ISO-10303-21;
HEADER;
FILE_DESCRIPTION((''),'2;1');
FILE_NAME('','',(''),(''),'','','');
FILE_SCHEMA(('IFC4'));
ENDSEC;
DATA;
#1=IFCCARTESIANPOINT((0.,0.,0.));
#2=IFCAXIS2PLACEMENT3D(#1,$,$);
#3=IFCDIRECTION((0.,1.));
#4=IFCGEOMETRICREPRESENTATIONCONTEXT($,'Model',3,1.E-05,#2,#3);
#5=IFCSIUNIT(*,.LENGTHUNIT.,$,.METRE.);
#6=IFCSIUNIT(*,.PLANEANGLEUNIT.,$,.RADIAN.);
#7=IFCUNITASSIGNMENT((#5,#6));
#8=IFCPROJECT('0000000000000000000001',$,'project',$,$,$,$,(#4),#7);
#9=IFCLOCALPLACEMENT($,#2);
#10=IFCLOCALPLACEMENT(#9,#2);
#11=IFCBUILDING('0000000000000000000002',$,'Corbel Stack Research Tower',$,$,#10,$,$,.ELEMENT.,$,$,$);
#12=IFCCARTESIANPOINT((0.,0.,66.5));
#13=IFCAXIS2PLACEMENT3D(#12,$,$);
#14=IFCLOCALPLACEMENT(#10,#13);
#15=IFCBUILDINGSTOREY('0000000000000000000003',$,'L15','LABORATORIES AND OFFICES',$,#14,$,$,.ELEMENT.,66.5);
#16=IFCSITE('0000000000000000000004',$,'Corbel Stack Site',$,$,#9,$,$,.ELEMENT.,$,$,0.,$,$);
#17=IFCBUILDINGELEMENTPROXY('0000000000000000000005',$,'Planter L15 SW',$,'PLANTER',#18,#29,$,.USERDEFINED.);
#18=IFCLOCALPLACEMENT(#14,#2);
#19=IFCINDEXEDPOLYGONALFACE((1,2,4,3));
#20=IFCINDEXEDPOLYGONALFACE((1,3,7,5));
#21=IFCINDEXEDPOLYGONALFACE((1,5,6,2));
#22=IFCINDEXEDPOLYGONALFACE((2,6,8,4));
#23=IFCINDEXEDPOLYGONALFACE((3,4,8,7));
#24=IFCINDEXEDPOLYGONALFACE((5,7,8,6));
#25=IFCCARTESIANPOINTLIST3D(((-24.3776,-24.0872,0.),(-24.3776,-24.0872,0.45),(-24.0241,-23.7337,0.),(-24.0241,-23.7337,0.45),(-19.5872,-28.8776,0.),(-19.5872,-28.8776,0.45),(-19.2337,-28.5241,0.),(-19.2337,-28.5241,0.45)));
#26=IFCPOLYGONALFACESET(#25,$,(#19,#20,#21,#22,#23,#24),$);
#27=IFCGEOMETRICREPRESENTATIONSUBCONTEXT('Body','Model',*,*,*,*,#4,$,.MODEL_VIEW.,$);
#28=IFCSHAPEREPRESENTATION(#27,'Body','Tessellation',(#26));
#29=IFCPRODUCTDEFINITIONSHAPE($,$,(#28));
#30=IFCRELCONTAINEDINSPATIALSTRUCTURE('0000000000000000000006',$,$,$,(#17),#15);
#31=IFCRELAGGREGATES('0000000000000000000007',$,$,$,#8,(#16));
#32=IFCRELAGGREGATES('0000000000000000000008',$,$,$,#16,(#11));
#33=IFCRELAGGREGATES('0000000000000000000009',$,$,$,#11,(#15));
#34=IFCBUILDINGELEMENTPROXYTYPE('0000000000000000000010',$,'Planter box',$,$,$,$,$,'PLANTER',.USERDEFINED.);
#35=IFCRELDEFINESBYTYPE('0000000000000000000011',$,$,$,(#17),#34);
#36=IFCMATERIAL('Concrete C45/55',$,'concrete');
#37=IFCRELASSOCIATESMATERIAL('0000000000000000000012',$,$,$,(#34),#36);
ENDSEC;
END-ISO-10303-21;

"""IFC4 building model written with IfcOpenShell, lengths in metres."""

from ifc_helpers import new_model, si_unit, direction, frame, origin, origin_2d, place, context, subcontext, project, spatial, rectangle, extrude, material, type_object, element, save


model = new_model("IFC4")

# Units and contexts
model_context = context("Model", 3, precision=1e-05, world=origin(), true_north=direction((0.0, 1.0)))
body_context = subcontext(model_context, "Body", "Model", "MODEL_VIEW")
ifc_project = project(units=[si_unit("LENGTHUNIT", "METRE"), si_unit("PLANEANGLEUNIT", "RADIAN")], contexts=[model_context])

# Site, building, storey
site_placement = place(None, origin())
site = spatial("IfcSite", under=ifc_project, at=site_placement, Name="Corbel Stack Site", CompositionType="ELEMENT", RefElevation=0.0)
building_placement = place(site_placement, origin())
building = spatial("IfcBuilding", under=site, at=building_placement, Name="Corbel Stack Research Tower", CompositionType="ELEMENT")
storey_placement = place(building_placement, frame((0.0, 0.0, 66.5)))
storey = spatial("IfcBuildingStorey", under=building, at=storey_placement, Name="L15", Description="LABORATORIES AND OFFICES", CompositionType="ELEMENT", Elevation=66.5)

# Building element proxy
ifc_material_1 = material(Name="Concrete C45/55", Category="concrete")
building_element_proxy_type = type_object("IfcBuildingElementProxyType", Name="Planter box", ElementType="PLANTER", PredefinedType="USERDEFINED", material=ifc_material_1)
proxy_placement = place(storey_placement, frame((-21.8057, -26.3057, 0.0), z_axis=(0.0, 0.0, 1.0), x_axis=(0.707107, -0.707107, 0.0)))
element("IfcBuildingElementProxy", 1, at=proxy_placement, inside=storey, type_object=building_element_proxy_type, Name="Planter L15 SW", ObjectType="PLANTER", PredefinedType="USERDEFINED", context=body_context, shape_type="SweptSolid", body=[
    extrude(rectangle(XDim=6.7747, YDim=0.5, at=origin_2d()), origin(), (0.0, 0.0, 1.0), 0.45),
])

save(model, "model.ifc")
